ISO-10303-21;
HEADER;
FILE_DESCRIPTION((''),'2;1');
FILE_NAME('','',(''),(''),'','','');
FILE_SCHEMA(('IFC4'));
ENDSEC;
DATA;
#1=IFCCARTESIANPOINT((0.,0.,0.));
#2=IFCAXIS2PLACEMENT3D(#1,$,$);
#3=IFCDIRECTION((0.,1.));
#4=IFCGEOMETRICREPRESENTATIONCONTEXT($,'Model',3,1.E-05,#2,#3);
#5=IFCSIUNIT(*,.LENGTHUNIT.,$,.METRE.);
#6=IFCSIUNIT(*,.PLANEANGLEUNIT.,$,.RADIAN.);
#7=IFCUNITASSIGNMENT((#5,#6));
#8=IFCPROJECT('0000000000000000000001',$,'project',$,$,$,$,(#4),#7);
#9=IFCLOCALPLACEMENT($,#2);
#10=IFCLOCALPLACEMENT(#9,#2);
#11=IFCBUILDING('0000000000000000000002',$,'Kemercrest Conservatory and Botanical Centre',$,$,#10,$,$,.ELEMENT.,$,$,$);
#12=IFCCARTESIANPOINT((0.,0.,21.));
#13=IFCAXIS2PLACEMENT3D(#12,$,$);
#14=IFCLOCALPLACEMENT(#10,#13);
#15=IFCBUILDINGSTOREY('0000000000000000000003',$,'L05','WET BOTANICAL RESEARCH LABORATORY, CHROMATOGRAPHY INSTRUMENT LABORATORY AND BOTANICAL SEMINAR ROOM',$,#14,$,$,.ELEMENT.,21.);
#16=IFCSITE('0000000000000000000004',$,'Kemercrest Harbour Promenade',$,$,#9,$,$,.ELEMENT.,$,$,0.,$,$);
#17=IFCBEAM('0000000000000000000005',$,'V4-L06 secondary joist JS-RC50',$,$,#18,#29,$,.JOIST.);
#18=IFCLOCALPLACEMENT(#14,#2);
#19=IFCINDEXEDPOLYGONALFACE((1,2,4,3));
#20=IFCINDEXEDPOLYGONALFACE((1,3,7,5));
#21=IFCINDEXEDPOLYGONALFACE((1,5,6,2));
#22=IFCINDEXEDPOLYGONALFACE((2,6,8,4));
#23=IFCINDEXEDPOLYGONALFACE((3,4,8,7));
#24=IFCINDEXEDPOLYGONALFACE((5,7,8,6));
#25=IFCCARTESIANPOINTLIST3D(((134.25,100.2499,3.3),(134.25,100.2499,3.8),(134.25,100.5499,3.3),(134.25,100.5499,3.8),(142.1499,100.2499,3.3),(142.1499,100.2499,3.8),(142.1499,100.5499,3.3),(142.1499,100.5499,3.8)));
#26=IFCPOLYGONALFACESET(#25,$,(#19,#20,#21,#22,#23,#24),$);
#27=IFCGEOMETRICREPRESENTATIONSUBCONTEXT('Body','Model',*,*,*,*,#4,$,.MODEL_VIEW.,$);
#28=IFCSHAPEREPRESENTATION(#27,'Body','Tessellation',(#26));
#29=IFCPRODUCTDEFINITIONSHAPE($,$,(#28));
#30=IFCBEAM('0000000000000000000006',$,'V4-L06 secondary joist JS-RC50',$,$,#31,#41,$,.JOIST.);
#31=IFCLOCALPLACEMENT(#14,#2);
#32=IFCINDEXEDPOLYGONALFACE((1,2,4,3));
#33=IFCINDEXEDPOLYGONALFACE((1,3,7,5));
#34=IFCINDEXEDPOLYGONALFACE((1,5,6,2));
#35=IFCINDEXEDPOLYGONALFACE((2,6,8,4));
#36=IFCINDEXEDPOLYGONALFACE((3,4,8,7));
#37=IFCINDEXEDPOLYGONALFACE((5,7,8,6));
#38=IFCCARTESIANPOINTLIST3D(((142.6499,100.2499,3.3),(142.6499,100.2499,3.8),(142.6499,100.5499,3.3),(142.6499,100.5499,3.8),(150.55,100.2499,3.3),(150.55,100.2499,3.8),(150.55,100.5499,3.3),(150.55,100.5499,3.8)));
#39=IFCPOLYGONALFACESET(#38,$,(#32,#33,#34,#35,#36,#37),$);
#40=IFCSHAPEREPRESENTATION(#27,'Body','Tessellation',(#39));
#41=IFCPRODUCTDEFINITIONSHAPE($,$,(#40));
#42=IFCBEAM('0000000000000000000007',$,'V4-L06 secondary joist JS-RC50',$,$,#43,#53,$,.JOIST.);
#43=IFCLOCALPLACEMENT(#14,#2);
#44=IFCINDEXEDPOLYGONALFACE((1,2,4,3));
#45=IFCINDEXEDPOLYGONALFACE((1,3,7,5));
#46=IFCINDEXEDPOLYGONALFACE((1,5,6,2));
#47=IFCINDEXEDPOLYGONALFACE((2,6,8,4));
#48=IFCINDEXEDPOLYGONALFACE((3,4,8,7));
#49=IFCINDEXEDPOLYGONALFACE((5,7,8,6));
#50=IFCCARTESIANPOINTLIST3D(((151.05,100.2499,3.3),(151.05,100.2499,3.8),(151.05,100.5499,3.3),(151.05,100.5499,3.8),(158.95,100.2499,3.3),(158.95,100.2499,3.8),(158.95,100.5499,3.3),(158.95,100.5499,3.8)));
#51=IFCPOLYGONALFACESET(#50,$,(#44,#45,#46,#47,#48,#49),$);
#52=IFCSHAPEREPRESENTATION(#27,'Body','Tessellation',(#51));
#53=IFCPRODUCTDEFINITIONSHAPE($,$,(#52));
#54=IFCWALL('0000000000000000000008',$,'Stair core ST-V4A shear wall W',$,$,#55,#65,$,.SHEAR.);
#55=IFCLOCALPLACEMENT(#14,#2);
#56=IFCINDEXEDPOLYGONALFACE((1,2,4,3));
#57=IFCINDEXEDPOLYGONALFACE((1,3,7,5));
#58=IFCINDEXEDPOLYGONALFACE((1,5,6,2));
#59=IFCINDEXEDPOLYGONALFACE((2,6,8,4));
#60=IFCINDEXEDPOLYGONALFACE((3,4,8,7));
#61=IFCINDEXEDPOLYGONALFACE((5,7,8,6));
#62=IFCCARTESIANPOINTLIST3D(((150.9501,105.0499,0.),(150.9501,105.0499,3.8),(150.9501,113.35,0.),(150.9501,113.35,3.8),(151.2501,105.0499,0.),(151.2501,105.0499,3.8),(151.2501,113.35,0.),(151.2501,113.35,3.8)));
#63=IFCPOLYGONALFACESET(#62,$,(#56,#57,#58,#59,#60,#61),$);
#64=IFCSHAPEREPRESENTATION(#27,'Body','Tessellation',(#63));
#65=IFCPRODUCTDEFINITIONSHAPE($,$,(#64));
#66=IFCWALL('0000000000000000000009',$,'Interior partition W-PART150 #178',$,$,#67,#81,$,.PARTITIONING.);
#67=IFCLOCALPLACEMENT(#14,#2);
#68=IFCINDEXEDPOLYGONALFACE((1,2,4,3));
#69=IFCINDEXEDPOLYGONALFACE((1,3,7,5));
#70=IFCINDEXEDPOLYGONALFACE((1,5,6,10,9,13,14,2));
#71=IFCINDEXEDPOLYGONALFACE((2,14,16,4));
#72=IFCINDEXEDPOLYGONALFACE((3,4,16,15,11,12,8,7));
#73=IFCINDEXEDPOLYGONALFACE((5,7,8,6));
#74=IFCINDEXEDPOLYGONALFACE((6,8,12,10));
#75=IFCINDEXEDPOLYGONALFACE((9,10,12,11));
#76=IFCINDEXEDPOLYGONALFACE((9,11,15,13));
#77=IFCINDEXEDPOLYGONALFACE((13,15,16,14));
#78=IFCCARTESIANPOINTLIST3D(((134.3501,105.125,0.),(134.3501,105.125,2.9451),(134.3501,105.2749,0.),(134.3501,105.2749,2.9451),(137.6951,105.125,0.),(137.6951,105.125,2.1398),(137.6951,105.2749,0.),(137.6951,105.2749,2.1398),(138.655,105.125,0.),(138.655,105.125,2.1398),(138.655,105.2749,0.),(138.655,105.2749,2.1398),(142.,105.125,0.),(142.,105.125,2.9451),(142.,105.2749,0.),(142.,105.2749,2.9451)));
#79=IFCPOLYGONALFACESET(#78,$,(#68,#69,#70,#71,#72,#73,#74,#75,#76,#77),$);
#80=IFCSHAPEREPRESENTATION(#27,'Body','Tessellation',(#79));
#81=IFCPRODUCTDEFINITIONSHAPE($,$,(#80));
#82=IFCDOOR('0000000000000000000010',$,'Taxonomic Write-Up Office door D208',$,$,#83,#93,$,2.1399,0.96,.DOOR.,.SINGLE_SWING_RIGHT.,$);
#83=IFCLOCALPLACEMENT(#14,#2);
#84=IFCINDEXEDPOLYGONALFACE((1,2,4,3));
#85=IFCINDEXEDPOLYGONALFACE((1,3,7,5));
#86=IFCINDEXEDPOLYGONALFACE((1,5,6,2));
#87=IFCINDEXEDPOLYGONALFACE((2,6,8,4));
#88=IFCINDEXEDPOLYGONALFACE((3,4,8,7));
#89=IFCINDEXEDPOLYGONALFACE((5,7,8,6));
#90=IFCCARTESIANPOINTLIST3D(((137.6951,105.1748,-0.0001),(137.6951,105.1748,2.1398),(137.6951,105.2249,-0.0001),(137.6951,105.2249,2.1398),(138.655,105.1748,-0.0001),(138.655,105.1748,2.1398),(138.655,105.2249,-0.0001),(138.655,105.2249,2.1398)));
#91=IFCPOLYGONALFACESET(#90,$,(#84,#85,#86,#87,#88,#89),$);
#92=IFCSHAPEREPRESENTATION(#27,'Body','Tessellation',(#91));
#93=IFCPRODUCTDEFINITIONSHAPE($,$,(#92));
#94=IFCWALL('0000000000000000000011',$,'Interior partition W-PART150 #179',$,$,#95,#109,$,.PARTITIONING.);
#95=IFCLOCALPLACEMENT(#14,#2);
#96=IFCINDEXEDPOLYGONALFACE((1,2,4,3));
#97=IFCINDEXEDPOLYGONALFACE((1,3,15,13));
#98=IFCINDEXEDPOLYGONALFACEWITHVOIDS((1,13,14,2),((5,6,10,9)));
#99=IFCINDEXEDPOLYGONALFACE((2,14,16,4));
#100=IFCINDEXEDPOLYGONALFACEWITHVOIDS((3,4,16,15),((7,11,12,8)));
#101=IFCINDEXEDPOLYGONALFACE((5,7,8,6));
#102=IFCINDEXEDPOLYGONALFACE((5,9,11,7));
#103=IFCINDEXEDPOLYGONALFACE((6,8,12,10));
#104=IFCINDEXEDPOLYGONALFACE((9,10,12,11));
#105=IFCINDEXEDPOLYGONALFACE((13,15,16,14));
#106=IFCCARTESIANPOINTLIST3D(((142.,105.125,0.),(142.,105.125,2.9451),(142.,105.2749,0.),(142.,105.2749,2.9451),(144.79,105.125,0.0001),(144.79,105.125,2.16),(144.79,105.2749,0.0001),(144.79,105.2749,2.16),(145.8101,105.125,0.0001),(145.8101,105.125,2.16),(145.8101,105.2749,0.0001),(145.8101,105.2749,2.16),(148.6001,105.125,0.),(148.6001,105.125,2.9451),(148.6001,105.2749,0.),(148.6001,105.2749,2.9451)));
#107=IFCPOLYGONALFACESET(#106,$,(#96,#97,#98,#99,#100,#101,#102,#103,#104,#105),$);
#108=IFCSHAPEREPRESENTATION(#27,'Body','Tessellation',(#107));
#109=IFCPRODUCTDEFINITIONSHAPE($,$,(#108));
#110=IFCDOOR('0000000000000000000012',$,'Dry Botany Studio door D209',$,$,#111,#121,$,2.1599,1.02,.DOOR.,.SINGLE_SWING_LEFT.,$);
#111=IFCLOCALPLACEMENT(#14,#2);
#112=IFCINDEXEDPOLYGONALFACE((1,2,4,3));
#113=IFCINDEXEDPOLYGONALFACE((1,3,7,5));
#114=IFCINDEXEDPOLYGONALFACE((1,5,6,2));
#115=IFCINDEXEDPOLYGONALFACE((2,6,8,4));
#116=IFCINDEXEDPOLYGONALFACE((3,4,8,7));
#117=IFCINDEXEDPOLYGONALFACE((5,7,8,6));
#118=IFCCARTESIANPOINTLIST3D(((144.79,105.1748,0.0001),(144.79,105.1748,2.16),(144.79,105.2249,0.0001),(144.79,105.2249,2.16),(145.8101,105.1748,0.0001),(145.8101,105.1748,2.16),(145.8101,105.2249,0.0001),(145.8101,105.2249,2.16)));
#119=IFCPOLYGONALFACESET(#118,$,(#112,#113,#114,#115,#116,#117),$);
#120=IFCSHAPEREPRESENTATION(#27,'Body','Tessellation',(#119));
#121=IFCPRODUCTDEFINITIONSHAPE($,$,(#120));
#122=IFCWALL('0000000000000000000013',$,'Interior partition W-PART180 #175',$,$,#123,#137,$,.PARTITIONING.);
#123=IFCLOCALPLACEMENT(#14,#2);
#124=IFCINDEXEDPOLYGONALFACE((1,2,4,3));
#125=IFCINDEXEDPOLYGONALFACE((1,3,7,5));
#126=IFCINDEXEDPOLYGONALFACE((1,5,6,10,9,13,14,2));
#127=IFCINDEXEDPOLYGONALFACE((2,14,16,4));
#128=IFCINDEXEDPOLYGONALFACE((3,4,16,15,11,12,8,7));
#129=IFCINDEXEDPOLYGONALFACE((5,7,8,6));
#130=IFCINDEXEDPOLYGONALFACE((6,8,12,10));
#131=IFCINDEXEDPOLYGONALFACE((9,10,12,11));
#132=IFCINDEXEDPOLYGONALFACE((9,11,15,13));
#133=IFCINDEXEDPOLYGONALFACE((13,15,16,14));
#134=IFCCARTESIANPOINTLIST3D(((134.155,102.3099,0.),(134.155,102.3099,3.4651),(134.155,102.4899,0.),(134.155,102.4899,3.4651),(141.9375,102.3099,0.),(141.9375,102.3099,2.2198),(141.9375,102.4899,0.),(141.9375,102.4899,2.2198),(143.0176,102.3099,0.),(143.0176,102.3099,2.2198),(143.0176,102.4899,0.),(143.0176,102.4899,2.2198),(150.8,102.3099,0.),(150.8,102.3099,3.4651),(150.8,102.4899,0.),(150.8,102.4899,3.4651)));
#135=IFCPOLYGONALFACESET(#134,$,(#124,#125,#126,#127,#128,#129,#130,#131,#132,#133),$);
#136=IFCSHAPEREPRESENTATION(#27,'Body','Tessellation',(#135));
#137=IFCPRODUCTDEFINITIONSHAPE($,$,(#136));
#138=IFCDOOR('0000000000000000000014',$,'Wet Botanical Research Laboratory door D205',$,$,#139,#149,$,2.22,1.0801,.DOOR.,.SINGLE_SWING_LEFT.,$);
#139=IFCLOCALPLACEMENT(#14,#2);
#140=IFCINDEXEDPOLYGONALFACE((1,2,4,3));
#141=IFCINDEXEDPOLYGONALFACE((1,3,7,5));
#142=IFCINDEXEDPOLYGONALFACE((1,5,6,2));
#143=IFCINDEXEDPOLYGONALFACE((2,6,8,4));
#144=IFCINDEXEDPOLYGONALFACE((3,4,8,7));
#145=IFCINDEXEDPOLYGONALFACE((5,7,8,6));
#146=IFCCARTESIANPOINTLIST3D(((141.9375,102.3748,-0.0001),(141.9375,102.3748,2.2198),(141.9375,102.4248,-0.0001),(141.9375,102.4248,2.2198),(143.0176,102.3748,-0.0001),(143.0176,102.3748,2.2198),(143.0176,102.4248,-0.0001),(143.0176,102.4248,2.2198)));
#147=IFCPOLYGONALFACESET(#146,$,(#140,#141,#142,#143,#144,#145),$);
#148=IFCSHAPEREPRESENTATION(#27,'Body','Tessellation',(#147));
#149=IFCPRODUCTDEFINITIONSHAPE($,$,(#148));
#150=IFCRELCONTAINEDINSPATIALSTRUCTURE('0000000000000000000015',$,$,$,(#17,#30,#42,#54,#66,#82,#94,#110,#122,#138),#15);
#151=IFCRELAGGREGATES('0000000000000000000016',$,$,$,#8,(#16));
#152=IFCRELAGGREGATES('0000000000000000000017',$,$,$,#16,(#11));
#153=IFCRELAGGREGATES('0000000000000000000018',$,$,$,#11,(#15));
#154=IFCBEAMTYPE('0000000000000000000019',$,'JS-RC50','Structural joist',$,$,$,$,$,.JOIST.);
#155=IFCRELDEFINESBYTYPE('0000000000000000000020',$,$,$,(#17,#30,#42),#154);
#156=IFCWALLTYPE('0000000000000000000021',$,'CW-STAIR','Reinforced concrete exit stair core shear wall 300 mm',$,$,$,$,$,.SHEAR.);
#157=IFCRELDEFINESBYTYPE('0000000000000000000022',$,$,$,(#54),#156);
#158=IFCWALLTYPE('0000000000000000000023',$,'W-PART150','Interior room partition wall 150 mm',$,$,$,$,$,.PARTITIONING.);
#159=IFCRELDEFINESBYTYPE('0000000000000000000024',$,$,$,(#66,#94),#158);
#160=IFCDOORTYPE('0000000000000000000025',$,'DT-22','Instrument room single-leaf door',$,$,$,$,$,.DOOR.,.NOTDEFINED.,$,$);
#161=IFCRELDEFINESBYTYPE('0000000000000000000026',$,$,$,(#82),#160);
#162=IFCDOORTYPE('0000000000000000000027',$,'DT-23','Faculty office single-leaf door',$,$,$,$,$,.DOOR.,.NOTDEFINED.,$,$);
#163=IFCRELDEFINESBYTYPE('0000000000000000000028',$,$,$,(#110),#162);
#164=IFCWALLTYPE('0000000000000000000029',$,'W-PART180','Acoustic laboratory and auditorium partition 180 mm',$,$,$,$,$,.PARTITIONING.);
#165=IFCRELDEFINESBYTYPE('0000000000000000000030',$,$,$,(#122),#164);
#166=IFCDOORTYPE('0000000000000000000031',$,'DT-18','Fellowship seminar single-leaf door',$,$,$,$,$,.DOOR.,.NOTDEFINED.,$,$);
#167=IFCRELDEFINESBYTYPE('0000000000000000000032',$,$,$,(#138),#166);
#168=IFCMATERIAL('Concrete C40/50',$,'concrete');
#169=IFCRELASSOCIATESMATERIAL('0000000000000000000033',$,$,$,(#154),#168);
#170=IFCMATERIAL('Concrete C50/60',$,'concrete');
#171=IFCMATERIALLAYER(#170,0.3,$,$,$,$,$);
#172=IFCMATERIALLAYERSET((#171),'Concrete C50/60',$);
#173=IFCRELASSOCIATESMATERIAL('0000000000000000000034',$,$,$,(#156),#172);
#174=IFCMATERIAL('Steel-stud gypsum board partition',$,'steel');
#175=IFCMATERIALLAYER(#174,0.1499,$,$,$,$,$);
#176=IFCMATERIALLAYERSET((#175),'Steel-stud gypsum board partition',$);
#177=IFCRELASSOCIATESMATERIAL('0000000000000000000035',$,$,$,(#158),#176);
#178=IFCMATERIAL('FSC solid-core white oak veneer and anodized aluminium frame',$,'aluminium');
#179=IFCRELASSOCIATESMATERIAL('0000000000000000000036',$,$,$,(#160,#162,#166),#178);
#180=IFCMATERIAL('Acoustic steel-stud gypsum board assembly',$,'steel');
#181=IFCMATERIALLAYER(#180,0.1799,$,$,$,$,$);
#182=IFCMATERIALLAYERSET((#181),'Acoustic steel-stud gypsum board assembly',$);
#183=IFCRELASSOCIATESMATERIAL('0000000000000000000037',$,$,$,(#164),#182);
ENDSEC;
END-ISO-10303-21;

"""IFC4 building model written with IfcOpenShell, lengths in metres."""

from ifc_helpers import new_model, si_unit, direction, frame, frame_2d, origin, origin_2d, place, context, subcontext, project, spatial, rectangle, extrude, material, layer, layer_set, material_profile, profile_set, type_object, element, fill, save


model = new_model("IFC4")

# Units and contexts
model_context = context("Model", 3, precision=1e-05, world=origin(), true_north=direction((0.0, 1.0)))
body_context = subcontext(model_context, "Body", "Model", "MODEL_VIEW")
ifc_project = project(units=[si_unit("LENGTHUNIT", "METRE"), si_unit("PLANEANGLEUNIT", "RADIAN")], contexts=[model_context])

# Site, building, storey
site_placement = place(None, origin())
site = spatial("IfcSite", under=ifc_project, at=site_placement, Name="Kemercrest Harbour Promenade", CompositionType="ELEMENT", RefElevation=0.0)
building_placement = place(site_placement, origin())
building = spatial("IfcBuilding", under=site, at=building_placement, Name="Kemercrest Conservatory and Botanical Centre", CompositionType="ELEMENT")
storey_placement = place(building_placement, frame((0.0, 0.0, 21.0)))
storey = spatial("IfcBuildingStorey", under=building, at=storey_placement, Name="L05", Description="WET BOTANICAL RESEARCH LABORATORY, CHROMATOGRAPHY INSTRUMENT LABORATORY AND BOTANICAL SEMINAR ROOM", CompositionType="ELEMENT", Elevation=21.0)

# Shared definitions
ifc_material_1 = material(Name="Concrete C50/60", Category="concrete")

# Beams
ifc_material_2 = material(Name="Concrete C40/50", Category="concrete")
ifc_material_profile_1 = material_profile(ifc_material_2, rectangle(XDim=0.3, YDim=0.5, at=origin_2d()), Name="RC 300x500")
ifc_profile_set_1 = profile_set([ifc_material_profile_1], Name="Concrete C40/50")
beam_type_1 = type_object("IfcBeamType", Name="JS-RC50", Description="Structural joist", PredefinedType="JOIST", material=ifc_profile_set_1)
for number, where, z_axis, x_axis, name in (
    (1, (134.25, 100.3999, 3.55), (1.0, 0.0, 0.0), (0.0, 1.0, 0.0), "V4-L06 secondary joist JS-RC50"),
):
    element("IfcBeam", number, at=place(storey_placement, frame(where, z_axis=z_axis, x_axis=x_axis)), inside=storey, type_object=beam_type_1, Name=name, PredefinedType="JOIST", context=body_context, shape_type="SweptSolid", body=[
        extrude(rectangle(XDim=0.3, YDim=0.5, at=origin_2d()), origin(), (0.0, 0.0, 1.0), 7.8999),
    ])
beam_1_placement = place(storey_placement, frame((142.6499, 100.3999, 3.55), z_axis=(1.0, 0.0, 0.0), x_axis=(0.0, 1.0, 0.0)))
element("IfcBeam", 2, at=beam_1_placement, inside=storey, type_object=beam_type_1, Name="V4-L06 secondary joist JS-RC50", PredefinedType="JOIST", context=body_context, shape_type="SweptSolid", body=[
    extrude(rectangle(XDim=0.3, YDim=0.5, at=origin_2d()), origin(), (0.0, 0.0, 1.0), 7.9001),
])
beam_2_placement = place(storey_placement, frame((151.05, 100.3999, 3.55), z_axis=(1.0, 0.0, 0.0), x_axis=(0.0, 1.0, 0.0)))
element("IfcBeam", 3, at=beam_2_placement, inside=storey, type_object=beam_type_1, Name="V4-L06 secondary joist JS-RC50", PredefinedType="JOIST", context=body_context, shape_type="SweptSolid", body=[
    extrude(rectangle(XDim=0.3, YDim=0.5, at=origin_2d()), origin(), (0.0, 0.0, 1.0), 7.8999),
])

# Wall
ifc_layer_1 = layer(ifc_material_1, 0.3)
ifc_layer_set_1 = layer_set([ifc_layer_1], Name="Concrete C50/60")
wall_type_1 = type_object("IfcWallType", Name="CW-STAIR", Description="Reinforced concrete exit stair core shear wall 300 mm", PredefinedType="SHEAR", material=ifc_layer_set_1)
wall_1_placement = place(storey_placement, frame((151.1001, 105.05, 0.0), z_axis=(0.0, 0.0, 1.0), x_axis=(0.0, 1.0, 0.0)))
element("IfcWall", 4, at=wall_1_placement, inside=storey, type_object=wall_type_1, Name="Stair core ST-V4A shear wall W", PredefinedType="SHEAR", context=body_context, shape_type="SweptSolid", body=[
    extrude(rectangle(XDim=8.3, YDim=0.3, at=frame_2d((4.1499, 0.0))), origin(), (0.0, 0.0, 1.0), 3.8),
])

# Walls, openings, doors
ifc_material_3 = material(Name="Steel-stud gypsum board partition", Category="steel")
ifc_layer_2 = layer(ifc_material_3, 0.1499)
ifc_layer_set_2 = layer_set([ifc_layer_2], Name="Steel-stud gypsum board partition")
wall_type_2 = type_object("IfcWallType", Name="W-PART150", Description="Interior room partition wall 150 mm", PredefinedType="PARTITIONING", material=ifc_layer_set_2)
wall_2_placement = place(storey_placement, frame((134.3501, 105.2, 0.0), z_axis=(0.0, 0.0, 1.0), x_axis=(1.0, 0.0, 0.0)))
wall_2 = element("IfcWall", 5, at=wall_2_placement, inside=storey, type_object=wall_type_2, Name="Interior partition W-PART150 #178", PredefinedType="PARTITIONING", context=body_context, shape_type="SweptSolid", body=[
    extrude(rectangle(XDim=7.6499, YDim=0.1499, at=frame_2d((3.825, 0.0))), origin(), (0.0, 0.0, 1.0), 2.9451),
])
opening_1_placement = place(wall_2_placement, frame((3.345, 0.0, 0.0)))
opening_1 = element("IfcOpeningElement", 6, at=opening_1_placement, cuts=wall_2, PredefinedType="OPENING", context=body_context, shape_type="SweptSolid", body=[
    extrude(rectangle(XDim=0.96, YDim=2.1399, at=frame_2d((0.48, 1.0698))), frame((0.0, 0.085, 0.0), z_axis=(0.0, -1.0, 0.0), x_axis=(1.0, 0.0, 0.0)), (0.0, 0.0, 1.0), 0.1699),
])
ifc_material_4 = material(Name="FSC solid-core white oak veneer and anodized aluminium frame", Category="aluminium")
door_type_1 = type_object("IfcDoorType", Name="DT-22", Description="Instrument room single-leaf door", OperationType="NOTDEFINED", PredefinedType="DOOR", material=ifc_material_4)
door_1_placement = place(opening_1_placement, origin())
door_1 = element("IfcDoor", 7, at=door_1_placement, inside=storey, type_object=door_type_1, Name="Taxonomic Write-Up Office door D208", OperationType="SINGLE_SWING_RIGHT", OverallHeight=2.1399, OverallWidth=0.96, PredefinedType="DOOR", context=body_context, shape_type="SweptSolid", body=[
    extrude(rectangle(XDim=0.96, YDim=2.1399, at=frame_2d((0.48, 1.0698))), frame((0.0, 0.0249, 0.0), z_axis=(0.0, -1.0, 0.0), x_axis=(1.0, 0.0, 0.0)), (0.0, 0.0, 1.0), 0.05),
])
fill(opening_1, door_1)
wall_3_placement = place(storey_placement, frame((142.0, 105.2, 0.0), z_axis=(0.0, 0.0, 1.0), x_axis=(1.0, 0.0, 0.0)))
wall_3 = element("IfcWall", 8, at=wall_3_placement, inside=storey, type_object=wall_type_2, Name="Interior partition W-PART150 #179", PredefinedType="PARTITIONING", context=body_context, shape_type="SweptSolid", body=[
    extrude(rectangle(XDim=6.6001, YDim=0.1499, at=frame_2d((3.3, 0.0))), origin(), (0.0, 0.0, 1.0), 2.9451),
])
opening_2_placement = place(wall_3_placement, frame((2.79, 0.0, 0.0)))
opening_2 = element("IfcOpeningElement", 9, at=opening_2_placement, cuts=wall_3, PredefinedType="OPENING", context=body_context, shape_type="SweptSolid", body=[
    extrude(rectangle(XDim=1.02, YDim=2.1599, at=frame_2d((0.51, 1.0801))), frame((0.0, 0.085, 0.0), z_axis=(0.0, -1.0, 0.0), x_axis=(1.0, 0.0, 0.0)), (0.0, 0.0, 1.0), 0.1699),
])
door_type_2 = type_object("IfcDoorType", Name="DT-23", Description="Faculty office single-leaf door", OperationType="NOTDEFINED", PredefinedType="DOOR", material=ifc_material_4)
door_2_placement = place(opening_2_placement, origin())
door_2 = element("IfcDoor", 10, at=door_2_placement, inside=storey, type_object=door_type_2, Name="Dry Botany Studio door D209", OperationType="SINGLE_SWING_LEFT", OverallHeight=2.1599, OverallWidth=1.02, PredefinedType="DOOR", context=body_context, shape_type="SweptSolid", body=[
    extrude(rectangle(XDim=1.02, YDim=2.1599, at=frame_2d((0.51, 1.0801))), frame((0.0, 0.0249, 0.0), z_axis=(0.0, -1.0, 0.0), x_axis=(1.0, 0.0, 0.0)), (0.0, 0.0, 1.0), 0.05),
])
fill(opening_2, door_2)
ifc_material_5 = material(Name="Acoustic steel-stud gypsum board assembly", Category="steel")
ifc_layer_3 = layer(ifc_material_5, 0.1799)
ifc_layer_set_3 = layer_set([ifc_layer_3], Name="Acoustic steel-stud gypsum board assembly")
wall_type_3 = type_object("IfcWallType", Name="W-PART180", Description="Acoustic laboratory and auditorium partition 180 mm", PredefinedType="PARTITIONING", material=ifc_layer_set_3)
wall_4_placement = place(storey_placement, frame((134.155, 102.3999, 0.0), z_axis=(0.0, 0.0, 1.0), x_axis=(1.0, 0.0, 0.0)))
wall_4 = element("IfcWall", 11, at=wall_4_placement, inside=storey, type_object=wall_type_3, Name="Interior partition W-PART180 #175", PredefinedType="PARTITIONING", context=body_context, shape_type="SweptSolid", body=[
    extrude(rectangle(XDim=16.645, YDim=0.1799, at=frame_2d((8.3225, 0.0))), origin(), (0.0, 0.0, 1.0), 3.4651),
])
opening_3_placement = place(wall_4_placement, frame((7.7825, 0.0, 0.0)))
opening_3 = element("IfcOpeningElement", 12, at=opening_3_placement, cuts=wall_4, PredefinedType="OPENING", context=body_context, shape_type="SweptSolid", body=[
    extrude(rectangle(XDim=1.0801, YDim=2.22, at=frame_2d((0.54, 1.1099))), frame((0.0, 0.1001, 0.0), z_axis=(0.0, -1.0, 0.0), x_axis=(1.0, 0.0, 0.0)), (0.0, 0.0, 1.0), 0.2),
])
door_type_3 = type_object("IfcDoorType", Name="DT-18", Description="Fellowship seminar single-leaf door", OperationType="NOTDEFINED", PredefinedType="DOOR", material=ifc_material_4)
door_3_placement = place(opening_3_placement, origin())
door_3 = element("IfcDoor", 13, at=door_3_placement, inside=storey, type_object=door_type_3, Name="Wet Botanical Research Laboratory door D205", OperationType="SINGLE_SWING_LEFT", OverallHeight=2.22, OverallWidth=1.0801, PredefinedType="DOOR", context=body_context, shape_type="SweptSolid", body=[
    extrude(rectangle(XDim=1.0801, YDim=2.22, at=frame_2d((0.54, 1.1099))), frame((0.0, 0.0249, 0.0), z_axis=(0.0, -1.0, 0.0), x_axis=(1.0, 0.0, 0.0)), (0.0, 0.0, 1.0), 0.05),
])
fill(opening_3, door_3)

save(model, "model.ifc")
